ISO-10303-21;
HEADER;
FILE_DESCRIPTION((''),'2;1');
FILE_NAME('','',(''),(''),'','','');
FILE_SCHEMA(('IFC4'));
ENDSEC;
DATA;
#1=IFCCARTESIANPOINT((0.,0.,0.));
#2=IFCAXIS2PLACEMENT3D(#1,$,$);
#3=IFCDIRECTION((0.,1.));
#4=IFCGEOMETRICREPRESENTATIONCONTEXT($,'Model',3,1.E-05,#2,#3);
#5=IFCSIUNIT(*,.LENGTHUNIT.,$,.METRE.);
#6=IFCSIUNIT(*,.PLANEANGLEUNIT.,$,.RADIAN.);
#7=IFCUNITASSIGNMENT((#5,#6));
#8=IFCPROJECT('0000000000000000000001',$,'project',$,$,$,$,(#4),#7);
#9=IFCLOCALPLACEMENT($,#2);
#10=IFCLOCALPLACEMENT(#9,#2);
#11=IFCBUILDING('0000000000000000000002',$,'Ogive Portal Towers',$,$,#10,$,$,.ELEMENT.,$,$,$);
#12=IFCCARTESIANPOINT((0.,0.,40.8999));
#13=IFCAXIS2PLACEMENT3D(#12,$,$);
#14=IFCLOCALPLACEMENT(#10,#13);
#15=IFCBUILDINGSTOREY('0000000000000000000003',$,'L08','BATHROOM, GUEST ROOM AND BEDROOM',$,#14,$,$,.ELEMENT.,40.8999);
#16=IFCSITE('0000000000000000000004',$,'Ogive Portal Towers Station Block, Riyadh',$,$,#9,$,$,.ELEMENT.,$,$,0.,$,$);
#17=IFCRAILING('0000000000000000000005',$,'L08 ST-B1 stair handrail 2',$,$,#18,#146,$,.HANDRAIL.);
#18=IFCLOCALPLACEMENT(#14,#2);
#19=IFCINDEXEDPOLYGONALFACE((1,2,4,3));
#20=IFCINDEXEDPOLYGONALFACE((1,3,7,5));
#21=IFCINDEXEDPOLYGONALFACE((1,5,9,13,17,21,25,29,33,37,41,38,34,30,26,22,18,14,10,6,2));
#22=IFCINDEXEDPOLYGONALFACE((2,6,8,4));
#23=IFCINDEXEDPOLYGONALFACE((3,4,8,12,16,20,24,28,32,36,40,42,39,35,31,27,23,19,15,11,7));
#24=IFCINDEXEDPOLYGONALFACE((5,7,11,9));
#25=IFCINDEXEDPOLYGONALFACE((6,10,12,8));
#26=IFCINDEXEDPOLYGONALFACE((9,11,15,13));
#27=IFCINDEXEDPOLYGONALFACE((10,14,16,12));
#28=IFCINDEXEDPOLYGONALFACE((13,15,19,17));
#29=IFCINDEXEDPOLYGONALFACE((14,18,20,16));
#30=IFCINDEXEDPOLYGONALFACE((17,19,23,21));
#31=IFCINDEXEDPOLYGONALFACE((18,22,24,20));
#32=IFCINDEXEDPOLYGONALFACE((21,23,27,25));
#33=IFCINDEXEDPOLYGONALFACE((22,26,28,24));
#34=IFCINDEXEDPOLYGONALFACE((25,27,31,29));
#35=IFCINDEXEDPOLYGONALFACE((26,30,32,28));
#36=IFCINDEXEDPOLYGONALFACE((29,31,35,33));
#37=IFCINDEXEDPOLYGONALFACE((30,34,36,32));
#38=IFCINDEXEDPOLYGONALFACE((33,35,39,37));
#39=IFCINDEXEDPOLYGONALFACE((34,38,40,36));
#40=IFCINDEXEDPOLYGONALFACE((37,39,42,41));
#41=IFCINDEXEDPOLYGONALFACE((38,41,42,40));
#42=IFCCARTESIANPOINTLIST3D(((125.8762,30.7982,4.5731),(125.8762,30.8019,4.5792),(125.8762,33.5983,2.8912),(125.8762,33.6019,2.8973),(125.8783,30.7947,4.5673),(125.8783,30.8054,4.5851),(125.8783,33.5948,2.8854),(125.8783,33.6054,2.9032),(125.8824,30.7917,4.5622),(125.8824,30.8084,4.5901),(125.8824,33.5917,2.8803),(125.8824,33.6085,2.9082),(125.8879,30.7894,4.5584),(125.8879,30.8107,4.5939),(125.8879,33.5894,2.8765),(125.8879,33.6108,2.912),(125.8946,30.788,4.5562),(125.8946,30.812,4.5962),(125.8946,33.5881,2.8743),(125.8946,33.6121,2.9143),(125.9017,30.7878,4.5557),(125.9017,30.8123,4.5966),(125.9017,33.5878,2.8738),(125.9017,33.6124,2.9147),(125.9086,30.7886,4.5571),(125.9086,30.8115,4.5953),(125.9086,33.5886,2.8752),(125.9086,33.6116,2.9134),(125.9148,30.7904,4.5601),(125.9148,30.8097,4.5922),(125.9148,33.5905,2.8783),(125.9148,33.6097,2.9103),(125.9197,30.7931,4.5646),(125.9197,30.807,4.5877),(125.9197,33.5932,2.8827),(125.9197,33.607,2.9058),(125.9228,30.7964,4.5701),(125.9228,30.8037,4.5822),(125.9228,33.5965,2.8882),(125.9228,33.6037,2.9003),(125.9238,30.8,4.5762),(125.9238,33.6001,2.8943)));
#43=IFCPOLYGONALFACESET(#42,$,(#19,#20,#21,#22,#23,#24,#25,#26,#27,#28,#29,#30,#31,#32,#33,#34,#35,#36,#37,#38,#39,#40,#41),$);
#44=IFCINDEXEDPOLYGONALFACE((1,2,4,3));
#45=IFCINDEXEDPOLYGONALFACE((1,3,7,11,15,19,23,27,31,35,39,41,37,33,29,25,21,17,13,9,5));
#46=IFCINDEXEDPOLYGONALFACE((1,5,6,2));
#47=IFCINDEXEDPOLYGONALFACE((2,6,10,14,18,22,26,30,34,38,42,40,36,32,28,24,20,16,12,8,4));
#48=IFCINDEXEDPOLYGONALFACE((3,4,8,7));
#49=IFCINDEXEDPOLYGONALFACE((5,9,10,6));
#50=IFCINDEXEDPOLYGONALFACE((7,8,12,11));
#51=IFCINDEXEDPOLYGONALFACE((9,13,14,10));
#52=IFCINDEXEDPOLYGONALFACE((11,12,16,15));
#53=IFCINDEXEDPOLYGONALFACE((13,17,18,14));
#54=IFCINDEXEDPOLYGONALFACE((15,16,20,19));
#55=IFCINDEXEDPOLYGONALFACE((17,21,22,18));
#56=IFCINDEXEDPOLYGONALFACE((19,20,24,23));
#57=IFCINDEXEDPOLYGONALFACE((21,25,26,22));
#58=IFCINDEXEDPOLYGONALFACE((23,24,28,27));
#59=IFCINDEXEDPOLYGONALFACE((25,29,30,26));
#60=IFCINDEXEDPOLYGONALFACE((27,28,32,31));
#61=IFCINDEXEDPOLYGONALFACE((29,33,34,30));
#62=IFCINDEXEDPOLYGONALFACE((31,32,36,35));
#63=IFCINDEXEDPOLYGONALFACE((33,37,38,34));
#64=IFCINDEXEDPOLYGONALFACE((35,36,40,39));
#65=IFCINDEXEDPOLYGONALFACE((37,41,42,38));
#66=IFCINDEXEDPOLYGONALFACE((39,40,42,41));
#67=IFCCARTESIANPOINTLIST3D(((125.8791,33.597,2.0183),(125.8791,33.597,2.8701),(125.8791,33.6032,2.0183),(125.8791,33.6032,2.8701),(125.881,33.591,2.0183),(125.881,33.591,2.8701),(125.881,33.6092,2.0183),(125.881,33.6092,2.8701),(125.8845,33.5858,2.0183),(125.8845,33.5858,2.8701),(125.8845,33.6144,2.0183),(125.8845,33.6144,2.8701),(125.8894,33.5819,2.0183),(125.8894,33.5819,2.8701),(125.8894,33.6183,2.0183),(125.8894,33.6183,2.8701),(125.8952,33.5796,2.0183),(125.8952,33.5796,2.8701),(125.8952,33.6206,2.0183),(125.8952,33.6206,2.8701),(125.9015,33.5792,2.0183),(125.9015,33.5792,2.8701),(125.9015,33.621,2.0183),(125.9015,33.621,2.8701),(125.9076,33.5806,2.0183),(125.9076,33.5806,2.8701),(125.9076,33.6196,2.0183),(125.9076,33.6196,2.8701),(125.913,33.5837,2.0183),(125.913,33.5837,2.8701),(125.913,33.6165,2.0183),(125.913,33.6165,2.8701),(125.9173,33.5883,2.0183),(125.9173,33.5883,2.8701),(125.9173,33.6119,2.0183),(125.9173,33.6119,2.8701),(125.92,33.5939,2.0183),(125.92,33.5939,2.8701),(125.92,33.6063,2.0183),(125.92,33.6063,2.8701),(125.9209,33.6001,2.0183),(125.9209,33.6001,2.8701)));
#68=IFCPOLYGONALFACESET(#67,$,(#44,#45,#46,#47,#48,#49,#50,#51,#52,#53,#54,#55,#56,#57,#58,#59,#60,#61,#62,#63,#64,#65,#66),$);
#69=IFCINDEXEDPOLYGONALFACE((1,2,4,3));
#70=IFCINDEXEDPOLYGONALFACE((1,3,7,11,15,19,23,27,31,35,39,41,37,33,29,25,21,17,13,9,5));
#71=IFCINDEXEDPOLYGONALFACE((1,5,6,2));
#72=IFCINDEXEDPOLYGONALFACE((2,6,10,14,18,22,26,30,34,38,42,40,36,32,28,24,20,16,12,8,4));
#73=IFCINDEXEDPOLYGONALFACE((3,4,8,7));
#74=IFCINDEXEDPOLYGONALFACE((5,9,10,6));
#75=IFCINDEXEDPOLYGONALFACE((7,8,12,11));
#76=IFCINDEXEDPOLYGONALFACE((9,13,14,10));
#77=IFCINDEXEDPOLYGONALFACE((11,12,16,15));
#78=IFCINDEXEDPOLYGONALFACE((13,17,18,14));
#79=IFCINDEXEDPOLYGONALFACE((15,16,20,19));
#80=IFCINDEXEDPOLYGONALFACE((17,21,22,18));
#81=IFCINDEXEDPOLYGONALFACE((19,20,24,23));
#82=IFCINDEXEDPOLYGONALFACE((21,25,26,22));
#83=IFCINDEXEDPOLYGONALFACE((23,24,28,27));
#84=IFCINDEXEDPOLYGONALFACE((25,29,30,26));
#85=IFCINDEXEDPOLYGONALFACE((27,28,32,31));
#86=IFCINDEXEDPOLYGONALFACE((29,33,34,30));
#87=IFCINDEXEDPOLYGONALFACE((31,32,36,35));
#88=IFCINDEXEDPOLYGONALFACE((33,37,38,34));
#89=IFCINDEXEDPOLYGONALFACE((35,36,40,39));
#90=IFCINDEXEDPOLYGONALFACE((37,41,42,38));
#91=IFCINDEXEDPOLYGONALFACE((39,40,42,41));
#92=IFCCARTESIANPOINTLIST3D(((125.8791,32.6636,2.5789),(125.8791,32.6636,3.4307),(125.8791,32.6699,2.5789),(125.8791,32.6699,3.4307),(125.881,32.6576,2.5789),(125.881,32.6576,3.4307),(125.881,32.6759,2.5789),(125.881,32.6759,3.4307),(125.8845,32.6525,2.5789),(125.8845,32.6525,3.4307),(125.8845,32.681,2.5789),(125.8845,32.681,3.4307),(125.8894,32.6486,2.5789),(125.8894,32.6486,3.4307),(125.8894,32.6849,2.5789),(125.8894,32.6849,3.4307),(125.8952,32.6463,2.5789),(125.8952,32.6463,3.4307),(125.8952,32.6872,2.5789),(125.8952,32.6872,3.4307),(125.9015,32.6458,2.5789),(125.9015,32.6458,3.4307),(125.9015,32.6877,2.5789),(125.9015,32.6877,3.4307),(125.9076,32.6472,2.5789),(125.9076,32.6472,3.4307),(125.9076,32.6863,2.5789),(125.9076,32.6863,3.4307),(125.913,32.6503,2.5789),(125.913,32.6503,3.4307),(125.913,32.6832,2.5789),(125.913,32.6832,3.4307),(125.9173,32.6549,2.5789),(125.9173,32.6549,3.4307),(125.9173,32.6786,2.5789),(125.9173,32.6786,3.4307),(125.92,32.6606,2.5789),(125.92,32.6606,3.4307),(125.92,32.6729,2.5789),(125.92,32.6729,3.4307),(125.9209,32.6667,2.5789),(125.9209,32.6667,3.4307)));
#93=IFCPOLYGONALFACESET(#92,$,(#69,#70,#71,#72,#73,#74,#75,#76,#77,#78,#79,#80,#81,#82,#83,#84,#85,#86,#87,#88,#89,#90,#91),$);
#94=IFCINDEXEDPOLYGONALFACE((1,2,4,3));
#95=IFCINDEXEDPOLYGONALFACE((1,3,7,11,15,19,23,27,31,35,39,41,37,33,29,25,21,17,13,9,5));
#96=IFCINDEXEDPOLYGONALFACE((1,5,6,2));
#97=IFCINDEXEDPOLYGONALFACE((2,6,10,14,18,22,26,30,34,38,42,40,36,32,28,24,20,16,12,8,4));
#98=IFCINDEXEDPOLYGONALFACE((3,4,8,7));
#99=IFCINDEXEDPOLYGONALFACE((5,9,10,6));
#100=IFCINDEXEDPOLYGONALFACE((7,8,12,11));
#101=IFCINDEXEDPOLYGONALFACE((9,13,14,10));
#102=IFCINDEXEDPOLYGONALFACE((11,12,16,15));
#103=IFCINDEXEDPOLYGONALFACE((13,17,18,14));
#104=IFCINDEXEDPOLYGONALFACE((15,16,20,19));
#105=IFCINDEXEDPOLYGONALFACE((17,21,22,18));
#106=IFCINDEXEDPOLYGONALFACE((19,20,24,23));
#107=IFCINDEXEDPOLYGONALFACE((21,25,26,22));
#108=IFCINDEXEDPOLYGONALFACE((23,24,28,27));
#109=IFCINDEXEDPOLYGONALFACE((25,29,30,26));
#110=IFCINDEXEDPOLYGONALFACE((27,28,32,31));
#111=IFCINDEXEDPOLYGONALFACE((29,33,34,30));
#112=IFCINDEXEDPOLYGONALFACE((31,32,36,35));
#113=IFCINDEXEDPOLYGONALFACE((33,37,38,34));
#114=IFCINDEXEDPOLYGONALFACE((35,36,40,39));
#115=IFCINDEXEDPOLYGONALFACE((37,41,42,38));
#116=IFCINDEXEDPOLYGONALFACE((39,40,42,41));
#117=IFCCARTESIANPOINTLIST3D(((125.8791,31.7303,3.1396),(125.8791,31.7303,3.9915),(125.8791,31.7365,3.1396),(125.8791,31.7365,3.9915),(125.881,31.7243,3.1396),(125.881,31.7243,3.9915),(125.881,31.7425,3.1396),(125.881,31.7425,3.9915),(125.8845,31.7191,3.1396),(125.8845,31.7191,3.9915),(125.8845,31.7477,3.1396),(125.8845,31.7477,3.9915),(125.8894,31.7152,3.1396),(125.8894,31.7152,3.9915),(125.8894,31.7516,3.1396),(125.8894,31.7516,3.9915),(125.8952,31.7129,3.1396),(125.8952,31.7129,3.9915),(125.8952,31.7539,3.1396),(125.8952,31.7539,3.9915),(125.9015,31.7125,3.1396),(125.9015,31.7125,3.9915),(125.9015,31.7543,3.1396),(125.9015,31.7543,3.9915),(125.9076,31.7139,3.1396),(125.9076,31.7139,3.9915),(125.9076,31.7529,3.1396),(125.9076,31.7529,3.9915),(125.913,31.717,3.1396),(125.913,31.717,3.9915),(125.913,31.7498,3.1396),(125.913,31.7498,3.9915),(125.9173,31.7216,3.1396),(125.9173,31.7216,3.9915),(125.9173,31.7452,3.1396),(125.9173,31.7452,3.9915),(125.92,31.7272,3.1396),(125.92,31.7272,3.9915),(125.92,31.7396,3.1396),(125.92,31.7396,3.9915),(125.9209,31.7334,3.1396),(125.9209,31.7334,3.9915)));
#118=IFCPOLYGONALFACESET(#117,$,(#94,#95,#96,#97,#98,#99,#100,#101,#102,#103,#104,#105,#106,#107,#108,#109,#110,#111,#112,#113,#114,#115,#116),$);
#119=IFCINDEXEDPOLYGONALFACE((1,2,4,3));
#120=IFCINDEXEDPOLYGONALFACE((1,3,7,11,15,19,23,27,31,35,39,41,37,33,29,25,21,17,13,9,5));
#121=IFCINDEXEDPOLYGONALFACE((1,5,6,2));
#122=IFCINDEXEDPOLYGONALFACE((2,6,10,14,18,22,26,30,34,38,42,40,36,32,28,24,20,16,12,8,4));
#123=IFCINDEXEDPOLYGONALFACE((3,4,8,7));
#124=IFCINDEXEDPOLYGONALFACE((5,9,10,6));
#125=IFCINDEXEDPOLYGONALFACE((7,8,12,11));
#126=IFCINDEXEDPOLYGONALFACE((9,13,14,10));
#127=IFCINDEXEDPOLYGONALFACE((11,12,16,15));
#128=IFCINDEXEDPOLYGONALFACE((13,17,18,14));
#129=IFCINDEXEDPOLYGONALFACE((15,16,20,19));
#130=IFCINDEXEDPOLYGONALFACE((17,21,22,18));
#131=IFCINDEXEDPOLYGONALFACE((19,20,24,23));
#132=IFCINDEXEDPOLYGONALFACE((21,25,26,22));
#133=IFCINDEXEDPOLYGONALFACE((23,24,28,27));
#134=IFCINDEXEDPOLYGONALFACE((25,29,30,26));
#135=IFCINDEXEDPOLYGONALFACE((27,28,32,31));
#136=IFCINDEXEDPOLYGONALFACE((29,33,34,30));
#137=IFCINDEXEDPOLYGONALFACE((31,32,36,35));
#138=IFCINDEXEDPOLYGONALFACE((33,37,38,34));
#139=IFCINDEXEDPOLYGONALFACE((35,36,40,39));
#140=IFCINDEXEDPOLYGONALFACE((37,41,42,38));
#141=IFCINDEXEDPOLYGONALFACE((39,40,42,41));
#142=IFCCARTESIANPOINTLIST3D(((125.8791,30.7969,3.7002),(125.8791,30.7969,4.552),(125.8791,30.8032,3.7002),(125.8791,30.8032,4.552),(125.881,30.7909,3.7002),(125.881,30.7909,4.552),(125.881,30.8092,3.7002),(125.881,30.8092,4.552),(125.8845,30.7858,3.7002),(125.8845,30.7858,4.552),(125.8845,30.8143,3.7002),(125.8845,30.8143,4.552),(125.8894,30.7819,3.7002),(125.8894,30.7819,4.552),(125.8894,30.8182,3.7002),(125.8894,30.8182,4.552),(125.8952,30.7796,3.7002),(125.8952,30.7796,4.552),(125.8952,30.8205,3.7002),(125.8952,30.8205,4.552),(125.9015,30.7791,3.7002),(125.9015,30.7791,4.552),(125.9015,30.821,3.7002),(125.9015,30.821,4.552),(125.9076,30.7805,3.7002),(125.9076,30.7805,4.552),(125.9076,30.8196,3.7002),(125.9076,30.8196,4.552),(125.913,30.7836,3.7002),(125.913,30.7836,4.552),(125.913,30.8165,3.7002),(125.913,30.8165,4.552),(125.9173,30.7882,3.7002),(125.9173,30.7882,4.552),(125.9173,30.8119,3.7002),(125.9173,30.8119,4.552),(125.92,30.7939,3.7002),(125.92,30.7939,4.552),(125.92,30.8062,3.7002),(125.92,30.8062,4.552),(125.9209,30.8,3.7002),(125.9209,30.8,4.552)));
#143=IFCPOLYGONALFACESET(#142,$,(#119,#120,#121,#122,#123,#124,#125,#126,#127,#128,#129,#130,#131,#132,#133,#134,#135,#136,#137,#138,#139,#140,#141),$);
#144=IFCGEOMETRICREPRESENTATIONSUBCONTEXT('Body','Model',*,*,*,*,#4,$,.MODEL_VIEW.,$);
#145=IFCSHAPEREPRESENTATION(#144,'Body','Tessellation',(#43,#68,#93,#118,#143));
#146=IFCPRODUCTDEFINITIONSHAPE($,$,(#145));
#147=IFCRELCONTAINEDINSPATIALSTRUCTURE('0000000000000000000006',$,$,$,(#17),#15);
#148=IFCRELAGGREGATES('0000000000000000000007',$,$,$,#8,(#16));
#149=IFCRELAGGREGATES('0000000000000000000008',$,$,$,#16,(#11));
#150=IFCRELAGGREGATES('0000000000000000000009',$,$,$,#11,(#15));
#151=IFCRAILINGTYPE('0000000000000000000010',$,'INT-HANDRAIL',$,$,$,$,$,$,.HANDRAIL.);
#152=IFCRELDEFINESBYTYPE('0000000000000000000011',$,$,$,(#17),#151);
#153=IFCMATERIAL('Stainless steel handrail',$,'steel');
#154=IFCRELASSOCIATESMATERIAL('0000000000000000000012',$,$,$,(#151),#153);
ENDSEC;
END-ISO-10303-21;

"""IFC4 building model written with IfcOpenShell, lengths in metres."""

from ifc_helpers import new_model, si_unit, direction, frame, origin, origin_2d, place, context, subcontext, project, spatial, circle, extrude, material, type_object, element, save


model = new_model("IFC4")

# Units and contexts
model_context = context("Model", 3, precision=1e-05, world=origin(), true_north=direction((0.0, 1.0)))
body_context = subcontext(model_context, "Body", "Model", "MODEL_VIEW")
ifc_project = project(units=[si_unit("LENGTHUNIT", "METRE"), si_unit("PLANEANGLEUNIT", "RADIAN")], contexts=[model_context])

# Site, building, storey
site_placement = place(None, origin())
site = spatial("IfcSite", under=ifc_project, at=site_placement, Name="Ogive Portal Towers Station Block, Riyadh", CompositionType="ELEMENT", RefElevation=0.0)
building_placement = place(site_placement, origin())
building = spatial("IfcBuilding", under=site, at=building_placement, Name="Ogive Portal Towers", CompositionType="ELEMENT")
storey_placement = place(building_placement, frame((0.0, 0.0, 40.8999)))
storey = spatial("IfcBuildingStorey", under=building, at=storey_placement, Name="L08", Description="BATHROOM, GUEST ROOM AND BEDROOM", CompositionType="ELEMENT", Elevation=40.8999)

# Railing
ifc_material_1 = material(Name="Stainless steel handrail", Category="steel")
railing_type_1 = type_object("IfcRailingType", Name="INT-HANDRAIL", PredefinedType="HANDRAIL", material=ifc_material_1)
railing_1_placement = place(storey_placement, frame((125.8999, 33.6001, 2.0183)))
element("IfcRailing", 1, at=railing_1_placement, inside=storey, type_object=railing_type_1, Name="L08 ST-B1 stair handrail 2", PredefinedType="HANDRAIL", context=body_context, shape_type="SweptSolid", body=[
    extrude(circle(Radius=0.0239, at=origin_2d()), frame((0.0, 0.0, 0.876), z_axis=(0.0, -0.857242, 0.514913), x_axis=(1.0, 0.0, 0.0)), (0.0, 0.0, 1.0), 3.2664),
    extrude(circle(Radius=0.021, at=origin_2d()), origin(), (0.0, 0.0, 1.0), 0.8518),
    extrude(circle(Radius=0.021, at=origin_2d()), frame((0.0, -0.9333, 0.5605)), (0.0, 0.0, 1.0), 0.8518),
    extrude(circle(Radius=0.021, at=origin_2d()), frame((0.0, -1.8667, 1.1213)), (0.0, 0.0, 1.0), 0.8518),
    extrude(circle(Radius=0.021, at=origin_2d()), frame((0.0, -2.8, 1.6819)), (0.0, 0.0, 1.0), 0.8518),
])

save(model, "model.ifc")
